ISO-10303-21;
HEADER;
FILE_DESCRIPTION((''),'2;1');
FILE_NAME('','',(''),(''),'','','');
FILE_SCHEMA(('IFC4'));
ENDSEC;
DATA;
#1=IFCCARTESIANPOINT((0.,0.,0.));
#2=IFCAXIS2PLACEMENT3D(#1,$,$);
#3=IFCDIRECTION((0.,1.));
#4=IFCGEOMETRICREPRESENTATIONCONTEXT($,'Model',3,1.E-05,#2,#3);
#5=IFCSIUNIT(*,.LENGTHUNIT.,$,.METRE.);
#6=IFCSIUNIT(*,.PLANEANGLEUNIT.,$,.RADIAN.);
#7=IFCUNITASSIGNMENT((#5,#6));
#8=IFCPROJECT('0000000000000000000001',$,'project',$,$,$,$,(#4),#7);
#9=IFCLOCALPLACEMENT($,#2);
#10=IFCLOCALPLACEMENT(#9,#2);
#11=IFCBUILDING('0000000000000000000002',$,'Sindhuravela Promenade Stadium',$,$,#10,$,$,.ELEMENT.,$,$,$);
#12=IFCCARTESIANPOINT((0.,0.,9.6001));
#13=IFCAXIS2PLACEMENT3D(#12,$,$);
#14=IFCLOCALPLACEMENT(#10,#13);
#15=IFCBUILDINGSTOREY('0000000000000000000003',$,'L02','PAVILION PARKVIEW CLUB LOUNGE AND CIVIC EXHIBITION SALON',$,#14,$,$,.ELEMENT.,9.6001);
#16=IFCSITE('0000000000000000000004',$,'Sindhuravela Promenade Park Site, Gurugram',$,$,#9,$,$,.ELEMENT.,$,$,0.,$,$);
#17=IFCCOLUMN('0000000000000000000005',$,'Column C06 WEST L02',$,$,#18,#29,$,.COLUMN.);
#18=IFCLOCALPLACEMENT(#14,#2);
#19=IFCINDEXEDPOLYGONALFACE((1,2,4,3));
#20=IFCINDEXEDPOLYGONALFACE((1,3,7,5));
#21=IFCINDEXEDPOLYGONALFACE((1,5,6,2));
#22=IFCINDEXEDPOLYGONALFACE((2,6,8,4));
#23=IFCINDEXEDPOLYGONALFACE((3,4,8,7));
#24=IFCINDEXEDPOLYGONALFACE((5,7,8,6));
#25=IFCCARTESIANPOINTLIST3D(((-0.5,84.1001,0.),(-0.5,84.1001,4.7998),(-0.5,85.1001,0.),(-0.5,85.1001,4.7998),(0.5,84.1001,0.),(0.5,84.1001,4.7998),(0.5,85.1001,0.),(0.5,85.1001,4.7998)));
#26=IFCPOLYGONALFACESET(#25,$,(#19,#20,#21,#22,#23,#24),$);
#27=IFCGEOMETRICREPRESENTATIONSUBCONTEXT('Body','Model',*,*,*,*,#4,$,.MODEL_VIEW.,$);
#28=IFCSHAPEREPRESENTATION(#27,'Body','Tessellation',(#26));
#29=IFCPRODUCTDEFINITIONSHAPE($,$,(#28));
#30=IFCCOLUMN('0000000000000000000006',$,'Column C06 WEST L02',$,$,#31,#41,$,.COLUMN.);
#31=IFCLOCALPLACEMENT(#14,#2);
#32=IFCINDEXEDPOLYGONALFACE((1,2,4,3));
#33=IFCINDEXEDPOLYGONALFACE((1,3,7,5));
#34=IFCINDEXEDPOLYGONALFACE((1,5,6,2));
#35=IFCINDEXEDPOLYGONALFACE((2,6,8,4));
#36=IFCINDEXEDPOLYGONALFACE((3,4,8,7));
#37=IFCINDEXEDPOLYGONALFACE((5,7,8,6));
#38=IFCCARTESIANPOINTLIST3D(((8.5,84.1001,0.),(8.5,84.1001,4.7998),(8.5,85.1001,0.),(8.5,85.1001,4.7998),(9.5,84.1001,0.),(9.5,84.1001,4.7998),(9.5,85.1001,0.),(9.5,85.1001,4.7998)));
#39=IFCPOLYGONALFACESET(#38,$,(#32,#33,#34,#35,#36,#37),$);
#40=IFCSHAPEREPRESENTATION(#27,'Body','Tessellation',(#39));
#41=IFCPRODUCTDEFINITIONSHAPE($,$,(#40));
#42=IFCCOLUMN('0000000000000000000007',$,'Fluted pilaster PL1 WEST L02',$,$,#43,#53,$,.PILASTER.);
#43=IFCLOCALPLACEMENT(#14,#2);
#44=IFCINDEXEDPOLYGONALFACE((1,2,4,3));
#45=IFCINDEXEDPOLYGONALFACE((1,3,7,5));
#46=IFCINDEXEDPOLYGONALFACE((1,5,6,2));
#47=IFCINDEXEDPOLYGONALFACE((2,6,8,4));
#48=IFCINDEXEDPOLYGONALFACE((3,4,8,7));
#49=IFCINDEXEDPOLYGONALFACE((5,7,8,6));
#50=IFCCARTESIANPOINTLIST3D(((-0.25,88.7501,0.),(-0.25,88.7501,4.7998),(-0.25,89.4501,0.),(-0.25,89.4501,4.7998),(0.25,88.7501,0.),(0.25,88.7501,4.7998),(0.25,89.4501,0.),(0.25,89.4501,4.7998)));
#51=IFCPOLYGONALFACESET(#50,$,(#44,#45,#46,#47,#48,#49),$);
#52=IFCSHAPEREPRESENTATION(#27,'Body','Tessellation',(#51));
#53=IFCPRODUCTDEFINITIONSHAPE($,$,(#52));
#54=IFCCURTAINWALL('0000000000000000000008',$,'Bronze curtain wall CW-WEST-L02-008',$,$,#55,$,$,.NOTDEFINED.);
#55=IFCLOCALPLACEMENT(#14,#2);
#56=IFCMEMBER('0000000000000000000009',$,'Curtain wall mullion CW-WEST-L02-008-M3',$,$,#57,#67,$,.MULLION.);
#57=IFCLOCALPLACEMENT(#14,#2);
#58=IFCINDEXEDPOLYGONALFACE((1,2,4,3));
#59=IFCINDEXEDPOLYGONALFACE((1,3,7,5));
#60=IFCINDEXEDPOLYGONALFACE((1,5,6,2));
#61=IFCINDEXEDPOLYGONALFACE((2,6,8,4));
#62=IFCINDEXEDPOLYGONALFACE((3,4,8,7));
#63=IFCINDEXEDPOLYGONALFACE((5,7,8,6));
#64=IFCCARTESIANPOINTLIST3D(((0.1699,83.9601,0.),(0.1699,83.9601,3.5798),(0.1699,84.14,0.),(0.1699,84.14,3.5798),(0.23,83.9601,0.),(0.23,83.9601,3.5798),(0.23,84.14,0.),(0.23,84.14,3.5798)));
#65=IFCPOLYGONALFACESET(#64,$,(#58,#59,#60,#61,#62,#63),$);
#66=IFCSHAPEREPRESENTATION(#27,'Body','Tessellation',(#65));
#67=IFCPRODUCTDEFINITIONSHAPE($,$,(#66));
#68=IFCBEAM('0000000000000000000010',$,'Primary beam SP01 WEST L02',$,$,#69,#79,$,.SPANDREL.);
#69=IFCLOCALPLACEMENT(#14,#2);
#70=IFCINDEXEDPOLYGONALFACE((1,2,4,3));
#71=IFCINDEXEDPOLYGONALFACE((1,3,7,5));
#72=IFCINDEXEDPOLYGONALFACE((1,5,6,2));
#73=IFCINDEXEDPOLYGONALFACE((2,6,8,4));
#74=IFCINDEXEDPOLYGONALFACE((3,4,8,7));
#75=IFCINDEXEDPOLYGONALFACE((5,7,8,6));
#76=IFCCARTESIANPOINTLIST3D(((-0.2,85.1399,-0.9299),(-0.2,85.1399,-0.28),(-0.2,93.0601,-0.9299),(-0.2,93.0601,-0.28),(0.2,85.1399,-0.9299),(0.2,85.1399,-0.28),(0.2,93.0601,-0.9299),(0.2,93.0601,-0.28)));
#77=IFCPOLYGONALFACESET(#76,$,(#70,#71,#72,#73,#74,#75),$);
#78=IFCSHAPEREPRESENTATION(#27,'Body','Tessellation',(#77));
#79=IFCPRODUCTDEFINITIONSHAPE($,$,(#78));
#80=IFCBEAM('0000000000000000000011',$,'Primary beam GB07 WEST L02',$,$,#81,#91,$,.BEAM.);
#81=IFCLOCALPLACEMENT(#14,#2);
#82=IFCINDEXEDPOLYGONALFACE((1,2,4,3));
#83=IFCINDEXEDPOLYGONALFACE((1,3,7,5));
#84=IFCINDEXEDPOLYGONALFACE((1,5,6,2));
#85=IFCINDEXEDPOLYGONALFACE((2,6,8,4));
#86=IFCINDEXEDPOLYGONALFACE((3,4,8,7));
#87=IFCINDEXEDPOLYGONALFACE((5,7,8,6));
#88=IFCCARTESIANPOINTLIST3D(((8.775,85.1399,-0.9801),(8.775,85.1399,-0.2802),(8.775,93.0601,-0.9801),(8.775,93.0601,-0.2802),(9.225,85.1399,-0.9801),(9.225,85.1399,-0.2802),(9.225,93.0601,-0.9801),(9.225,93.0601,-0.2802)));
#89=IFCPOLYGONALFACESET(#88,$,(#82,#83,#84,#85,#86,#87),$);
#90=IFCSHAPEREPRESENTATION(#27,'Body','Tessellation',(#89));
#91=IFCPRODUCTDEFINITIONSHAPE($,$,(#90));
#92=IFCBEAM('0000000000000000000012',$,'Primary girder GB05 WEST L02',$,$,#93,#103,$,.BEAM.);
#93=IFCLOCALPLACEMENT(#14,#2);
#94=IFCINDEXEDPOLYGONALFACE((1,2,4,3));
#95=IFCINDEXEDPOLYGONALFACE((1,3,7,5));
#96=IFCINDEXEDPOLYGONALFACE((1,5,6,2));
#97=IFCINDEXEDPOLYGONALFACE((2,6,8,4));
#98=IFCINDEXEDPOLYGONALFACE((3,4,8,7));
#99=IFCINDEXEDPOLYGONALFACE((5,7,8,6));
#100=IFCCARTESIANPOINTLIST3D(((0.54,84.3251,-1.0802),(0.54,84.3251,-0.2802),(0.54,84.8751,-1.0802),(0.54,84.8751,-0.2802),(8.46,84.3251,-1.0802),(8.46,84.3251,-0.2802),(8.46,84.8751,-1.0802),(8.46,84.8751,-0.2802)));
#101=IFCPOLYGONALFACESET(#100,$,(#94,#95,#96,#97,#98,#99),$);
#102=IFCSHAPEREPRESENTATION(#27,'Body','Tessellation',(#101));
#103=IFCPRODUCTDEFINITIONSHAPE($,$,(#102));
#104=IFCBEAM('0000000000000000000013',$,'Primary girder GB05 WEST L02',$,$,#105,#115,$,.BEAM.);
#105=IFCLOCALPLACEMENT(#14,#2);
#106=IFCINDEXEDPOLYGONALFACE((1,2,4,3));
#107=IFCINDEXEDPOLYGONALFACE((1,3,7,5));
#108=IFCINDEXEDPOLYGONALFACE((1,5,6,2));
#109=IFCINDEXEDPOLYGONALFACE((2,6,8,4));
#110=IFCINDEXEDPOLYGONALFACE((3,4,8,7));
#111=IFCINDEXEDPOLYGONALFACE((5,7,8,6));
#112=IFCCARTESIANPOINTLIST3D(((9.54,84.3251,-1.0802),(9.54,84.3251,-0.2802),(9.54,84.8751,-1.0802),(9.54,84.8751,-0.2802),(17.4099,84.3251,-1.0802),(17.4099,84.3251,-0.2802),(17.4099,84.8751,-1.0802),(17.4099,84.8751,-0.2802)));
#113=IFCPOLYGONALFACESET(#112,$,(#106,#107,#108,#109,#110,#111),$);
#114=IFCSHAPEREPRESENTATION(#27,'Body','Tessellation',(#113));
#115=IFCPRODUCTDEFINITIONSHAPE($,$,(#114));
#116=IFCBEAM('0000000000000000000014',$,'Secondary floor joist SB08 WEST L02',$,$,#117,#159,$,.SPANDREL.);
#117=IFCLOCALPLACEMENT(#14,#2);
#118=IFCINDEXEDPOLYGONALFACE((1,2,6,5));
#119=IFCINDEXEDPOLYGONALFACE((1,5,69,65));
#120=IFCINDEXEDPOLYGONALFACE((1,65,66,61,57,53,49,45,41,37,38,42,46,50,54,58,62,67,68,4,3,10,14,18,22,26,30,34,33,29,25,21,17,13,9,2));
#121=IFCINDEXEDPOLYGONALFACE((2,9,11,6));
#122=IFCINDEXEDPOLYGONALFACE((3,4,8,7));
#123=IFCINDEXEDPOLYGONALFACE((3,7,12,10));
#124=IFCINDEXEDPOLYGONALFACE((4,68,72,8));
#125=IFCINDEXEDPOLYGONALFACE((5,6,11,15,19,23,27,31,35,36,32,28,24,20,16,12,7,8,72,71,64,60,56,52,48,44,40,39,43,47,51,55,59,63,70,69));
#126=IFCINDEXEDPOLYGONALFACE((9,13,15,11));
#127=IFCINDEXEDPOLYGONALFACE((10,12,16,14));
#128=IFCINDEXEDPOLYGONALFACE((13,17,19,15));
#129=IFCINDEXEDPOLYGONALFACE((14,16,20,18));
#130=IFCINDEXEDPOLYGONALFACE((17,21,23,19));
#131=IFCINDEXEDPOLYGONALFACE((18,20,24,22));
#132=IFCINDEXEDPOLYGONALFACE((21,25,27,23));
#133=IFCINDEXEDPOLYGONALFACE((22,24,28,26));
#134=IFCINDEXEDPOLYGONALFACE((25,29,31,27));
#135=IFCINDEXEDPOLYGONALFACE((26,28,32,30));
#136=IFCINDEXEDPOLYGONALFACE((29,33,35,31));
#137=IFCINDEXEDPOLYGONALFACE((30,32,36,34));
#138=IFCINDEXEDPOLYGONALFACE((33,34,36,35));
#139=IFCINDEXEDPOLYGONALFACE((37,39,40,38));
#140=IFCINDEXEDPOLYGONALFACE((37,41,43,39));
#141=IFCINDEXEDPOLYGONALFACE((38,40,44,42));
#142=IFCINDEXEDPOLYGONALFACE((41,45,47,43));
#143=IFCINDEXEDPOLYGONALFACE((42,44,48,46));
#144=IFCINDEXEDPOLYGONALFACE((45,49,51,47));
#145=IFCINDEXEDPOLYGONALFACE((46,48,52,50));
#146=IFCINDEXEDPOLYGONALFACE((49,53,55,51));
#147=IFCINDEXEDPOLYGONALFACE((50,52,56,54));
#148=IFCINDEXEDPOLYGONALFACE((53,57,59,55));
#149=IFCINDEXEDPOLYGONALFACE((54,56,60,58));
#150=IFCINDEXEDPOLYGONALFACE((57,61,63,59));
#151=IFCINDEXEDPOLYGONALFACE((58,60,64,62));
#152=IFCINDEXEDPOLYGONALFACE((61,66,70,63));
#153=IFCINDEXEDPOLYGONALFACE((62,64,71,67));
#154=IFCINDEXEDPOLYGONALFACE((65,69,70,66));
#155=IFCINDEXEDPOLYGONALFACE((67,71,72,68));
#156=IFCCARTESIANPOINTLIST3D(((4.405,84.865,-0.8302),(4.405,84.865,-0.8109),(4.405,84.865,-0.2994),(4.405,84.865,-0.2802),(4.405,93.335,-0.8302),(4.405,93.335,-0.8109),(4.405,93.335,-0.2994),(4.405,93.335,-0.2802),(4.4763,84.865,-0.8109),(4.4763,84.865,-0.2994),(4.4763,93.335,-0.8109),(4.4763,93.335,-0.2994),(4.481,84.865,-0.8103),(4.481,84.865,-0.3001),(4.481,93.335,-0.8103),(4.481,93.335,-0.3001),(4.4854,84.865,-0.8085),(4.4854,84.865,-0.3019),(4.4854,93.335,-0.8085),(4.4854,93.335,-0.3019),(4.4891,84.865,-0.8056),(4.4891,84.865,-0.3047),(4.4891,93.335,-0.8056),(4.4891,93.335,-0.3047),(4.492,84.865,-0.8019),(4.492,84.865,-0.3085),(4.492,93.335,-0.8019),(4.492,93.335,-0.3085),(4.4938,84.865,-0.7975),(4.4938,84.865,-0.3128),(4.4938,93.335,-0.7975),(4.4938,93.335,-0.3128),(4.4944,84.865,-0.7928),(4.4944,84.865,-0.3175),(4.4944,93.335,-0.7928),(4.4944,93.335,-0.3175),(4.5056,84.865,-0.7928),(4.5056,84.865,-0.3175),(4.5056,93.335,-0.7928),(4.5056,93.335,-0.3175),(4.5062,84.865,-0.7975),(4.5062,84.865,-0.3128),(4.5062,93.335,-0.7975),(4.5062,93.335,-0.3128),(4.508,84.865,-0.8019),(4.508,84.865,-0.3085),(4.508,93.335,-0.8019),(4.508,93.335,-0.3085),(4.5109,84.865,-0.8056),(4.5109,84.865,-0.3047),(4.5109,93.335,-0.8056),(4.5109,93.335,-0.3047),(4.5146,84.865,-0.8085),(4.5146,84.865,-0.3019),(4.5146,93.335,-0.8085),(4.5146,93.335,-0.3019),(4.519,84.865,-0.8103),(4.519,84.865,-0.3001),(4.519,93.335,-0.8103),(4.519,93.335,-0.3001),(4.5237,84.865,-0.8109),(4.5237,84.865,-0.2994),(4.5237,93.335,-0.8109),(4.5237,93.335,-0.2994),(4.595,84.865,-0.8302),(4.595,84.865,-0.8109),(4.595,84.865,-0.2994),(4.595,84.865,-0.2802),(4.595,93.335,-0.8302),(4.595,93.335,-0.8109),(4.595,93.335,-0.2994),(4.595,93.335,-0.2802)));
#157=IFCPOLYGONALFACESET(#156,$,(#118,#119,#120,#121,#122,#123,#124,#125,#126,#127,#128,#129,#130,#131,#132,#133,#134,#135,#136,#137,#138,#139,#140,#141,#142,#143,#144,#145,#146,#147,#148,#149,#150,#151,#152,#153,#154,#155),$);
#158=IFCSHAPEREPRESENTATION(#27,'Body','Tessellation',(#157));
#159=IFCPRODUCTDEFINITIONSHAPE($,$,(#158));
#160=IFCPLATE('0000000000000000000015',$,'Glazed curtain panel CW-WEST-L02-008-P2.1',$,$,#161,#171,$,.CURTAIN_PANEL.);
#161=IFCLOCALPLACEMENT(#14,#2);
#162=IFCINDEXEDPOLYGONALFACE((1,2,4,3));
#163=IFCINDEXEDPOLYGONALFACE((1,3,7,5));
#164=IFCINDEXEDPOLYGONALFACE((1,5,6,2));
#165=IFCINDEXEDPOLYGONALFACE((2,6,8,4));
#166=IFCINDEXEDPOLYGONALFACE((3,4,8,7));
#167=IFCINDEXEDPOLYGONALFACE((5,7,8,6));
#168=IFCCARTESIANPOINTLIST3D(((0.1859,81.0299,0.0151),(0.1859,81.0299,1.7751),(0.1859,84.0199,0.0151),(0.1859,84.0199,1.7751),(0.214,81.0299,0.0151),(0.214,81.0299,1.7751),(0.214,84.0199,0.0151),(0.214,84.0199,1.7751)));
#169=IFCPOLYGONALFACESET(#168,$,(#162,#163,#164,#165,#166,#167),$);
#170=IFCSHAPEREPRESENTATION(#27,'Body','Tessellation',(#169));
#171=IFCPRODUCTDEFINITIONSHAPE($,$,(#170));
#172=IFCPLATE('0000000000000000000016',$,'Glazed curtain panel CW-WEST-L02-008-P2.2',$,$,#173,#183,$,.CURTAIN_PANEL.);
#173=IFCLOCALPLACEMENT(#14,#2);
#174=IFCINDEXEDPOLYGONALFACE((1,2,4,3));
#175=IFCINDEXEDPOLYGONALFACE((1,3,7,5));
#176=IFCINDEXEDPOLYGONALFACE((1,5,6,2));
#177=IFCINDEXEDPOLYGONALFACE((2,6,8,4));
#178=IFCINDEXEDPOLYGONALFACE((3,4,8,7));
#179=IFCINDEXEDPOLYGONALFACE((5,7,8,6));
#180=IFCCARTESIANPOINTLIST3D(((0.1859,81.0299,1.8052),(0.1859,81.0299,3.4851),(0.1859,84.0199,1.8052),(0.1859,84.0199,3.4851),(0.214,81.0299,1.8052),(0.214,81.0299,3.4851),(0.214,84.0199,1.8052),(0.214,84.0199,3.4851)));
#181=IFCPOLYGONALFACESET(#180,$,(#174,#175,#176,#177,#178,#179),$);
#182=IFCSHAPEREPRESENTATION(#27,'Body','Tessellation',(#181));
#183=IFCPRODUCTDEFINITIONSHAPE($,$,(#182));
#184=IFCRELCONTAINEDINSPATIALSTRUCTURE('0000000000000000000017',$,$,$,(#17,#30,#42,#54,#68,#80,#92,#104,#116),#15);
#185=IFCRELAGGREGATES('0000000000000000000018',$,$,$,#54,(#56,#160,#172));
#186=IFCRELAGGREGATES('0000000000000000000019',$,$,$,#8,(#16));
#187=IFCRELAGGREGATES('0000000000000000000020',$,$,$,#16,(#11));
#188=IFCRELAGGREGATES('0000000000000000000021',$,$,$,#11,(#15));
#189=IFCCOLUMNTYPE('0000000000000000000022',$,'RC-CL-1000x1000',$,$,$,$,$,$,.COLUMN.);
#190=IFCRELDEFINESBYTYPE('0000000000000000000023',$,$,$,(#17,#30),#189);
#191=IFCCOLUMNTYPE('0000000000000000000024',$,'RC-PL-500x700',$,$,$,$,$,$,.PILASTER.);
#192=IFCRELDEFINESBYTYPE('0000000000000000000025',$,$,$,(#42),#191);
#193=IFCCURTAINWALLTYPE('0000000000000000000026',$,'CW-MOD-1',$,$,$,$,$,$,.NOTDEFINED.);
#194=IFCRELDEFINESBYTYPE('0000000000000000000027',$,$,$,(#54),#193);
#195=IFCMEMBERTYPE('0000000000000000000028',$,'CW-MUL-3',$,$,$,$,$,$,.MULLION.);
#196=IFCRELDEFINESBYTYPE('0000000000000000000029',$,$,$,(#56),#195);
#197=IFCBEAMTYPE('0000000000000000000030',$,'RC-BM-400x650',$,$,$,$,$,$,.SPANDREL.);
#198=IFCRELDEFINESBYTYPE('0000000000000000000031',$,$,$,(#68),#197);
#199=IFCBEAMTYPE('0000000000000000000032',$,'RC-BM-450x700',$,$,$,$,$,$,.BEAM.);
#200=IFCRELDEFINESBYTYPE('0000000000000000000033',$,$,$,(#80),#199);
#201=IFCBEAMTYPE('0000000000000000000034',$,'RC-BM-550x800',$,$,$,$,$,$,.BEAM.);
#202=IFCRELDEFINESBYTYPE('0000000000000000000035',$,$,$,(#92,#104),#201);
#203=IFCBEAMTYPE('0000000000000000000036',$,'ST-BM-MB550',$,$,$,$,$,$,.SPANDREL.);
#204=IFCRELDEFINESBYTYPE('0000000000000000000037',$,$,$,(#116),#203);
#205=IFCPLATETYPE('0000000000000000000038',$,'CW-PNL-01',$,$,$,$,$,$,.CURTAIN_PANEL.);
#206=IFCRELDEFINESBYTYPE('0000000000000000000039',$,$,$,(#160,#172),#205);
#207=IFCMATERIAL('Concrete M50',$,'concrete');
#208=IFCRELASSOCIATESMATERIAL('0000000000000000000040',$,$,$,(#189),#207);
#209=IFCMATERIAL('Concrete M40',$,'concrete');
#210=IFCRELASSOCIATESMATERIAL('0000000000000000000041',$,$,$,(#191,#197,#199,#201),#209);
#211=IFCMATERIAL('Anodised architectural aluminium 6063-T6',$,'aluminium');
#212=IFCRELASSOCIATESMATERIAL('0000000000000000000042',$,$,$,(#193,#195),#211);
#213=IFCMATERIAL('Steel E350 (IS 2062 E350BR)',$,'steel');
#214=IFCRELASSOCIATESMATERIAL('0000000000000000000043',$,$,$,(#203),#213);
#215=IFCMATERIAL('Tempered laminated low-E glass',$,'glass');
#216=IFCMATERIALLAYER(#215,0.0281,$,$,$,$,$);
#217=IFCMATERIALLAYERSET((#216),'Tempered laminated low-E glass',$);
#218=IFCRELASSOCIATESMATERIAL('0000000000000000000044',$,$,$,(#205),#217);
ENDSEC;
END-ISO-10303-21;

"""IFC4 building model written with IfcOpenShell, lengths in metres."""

from ifc_helpers import new_model, si_unit, direction, frame, origin, origin_2d, place, context, subcontext, project, spatial, rectangle, i_section, extrude, material, layer, layer_set, material_profile, profile_set, type_object, element, aggregate, save


model = new_model("IFC4")

# Units and contexts
model_context = context("Model", 3, precision=1e-05, world=origin(), true_north=direction((0.0, 1.0)))
body_context = subcontext(model_context, "Body", "Model", "MODEL_VIEW")
ifc_project = project(units=[si_unit("LENGTHUNIT", "METRE"), si_unit("PLANEANGLEUNIT", "RADIAN")], contexts=[model_context])

# Site, building, storey
site_placement = place(None, origin())
site = spatial("IfcSite", under=ifc_project, at=site_placement, Name="Sindhuravela Promenade Park Site, Gurugram", CompositionType="ELEMENT", RefElevation=0.0)
building_placement = place(site_placement, origin())
building = spatial("IfcBuilding", under=site, at=building_placement, Name="Sindhuravela Promenade Stadium", CompositionType="ELEMENT")
storey_placement = place(building_placement, frame((0.0, 0.0, 9.6001)))
storey = spatial("IfcBuildingStorey", under=building, at=storey_placement, Name="L02", Description="PAVILION PARKVIEW CLUB LOUNGE AND CIVIC EXHIBITION SALON", CompositionType="ELEMENT", Elevation=9.6001)

# Columns
ifc_material_1 = material(Name="Concrete M50", Category="concrete")
ifc_material_profile_1 = material_profile(ifc_material_1, rectangle(XDim=1.0, YDim=1.0, at=origin_2d()), Name="RC 1000x1000")
ifc_profile_set_1 = profile_set([ifc_material_profile_1], Name="Concrete M50")
column_type_1 = type_object("IfcColumnType", Name="RC-CL-1000x1000", PredefinedType="COLUMN", material=ifc_profile_set_1)
for number, where, z_axis, x_axis, name in (
    (1, (0.0, 84.6001, 0.0), (0.0, 0.0, 1.0), (1.0, 0.0, 0.0), "Column C06 WEST L02"),
    (2, (9.0, 84.6001, 0.0), (0.0, 0.0, 1.0), (1.0, 0.0, 0.0), "Column C06 WEST L02"),
):
    element("IfcColumn", number, at=place(storey_placement, frame(where, z_axis=z_axis, x_axis=x_axis)), inside=storey, type_object=column_type_1, Name=name, PredefinedType="COLUMN", context=body_context, shape_type="SweptSolid", body=[
        extrude(rectangle(XDim=1.0, YDim=1.0, at=origin_2d()), origin(), (0.0, 0.0, 1.0), 4.7998),
    ])
ifc_material_2 = material(Name="Concrete M40", Category="concrete")
ifc_material_profile_2 = material_profile(ifc_material_2, rectangle(XDim=0.5, YDim=0.7, at=origin_2d()), Name="PIL 500x700")
ifc_profile_set_2 = profile_set([ifc_material_profile_2], Name="Concrete M40")
column_type_2 = type_object("IfcColumnType", Name="RC-PL-500x700", PredefinedType="PILASTER", material=ifc_profile_set_2)
column_placement = place(storey_placement, frame((0.0, 89.1001, 0.0), z_axis=(0.0, 0.0, 1.0), x_axis=(1.0, 0.0, 0.0)))
element("IfcColumn", 3, at=column_placement, inside=storey, type_object=column_type_2, Name="Fluted pilaster PL1 WEST L02", PredefinedType="PILASTER", context=body_context, shape_type="SweptSolid", body=[
    extrude(rectangle(XDim=0.5, YDim=0.7, at=origin_2d()), origin(), (0.0, 0.0, 1.0), 4.7998),
])

# Curtain wall, member
ifc_material_3 = material(Name="Anodised architectural aluminium 6063-T6", Category="aluminium")
curtain_wall_type = type_object("IfcCurtainWallType", Name="CW-MOD-1", PredefinedType="NOTDEFINED", material=ifc_material_3)
curtain_wall_placement = place(storey_placement, origin())
curtain_wall = element("IfcCurtainWall", 4, at=curtain_wall_placement, inside=storey, type_object=curtain_wall_type, Name="Bronze curtain wall CW-WEST-L02-008", PredefinedType="NOTDEFINED")
ifc_material_profile_3 = material_profile(ifc_material_3, rectangle(XDim=0.0601, YDim=0.1799, at=origin_2d()), Name="ALU M60x180")
ifc_profile_set_3 = profile_set([ifc_material_profile_3], Name="Anodised architectural aluminium 6063-T6")
member_type = type_object("IfcMemberType", Name="CW-MUL-3", PredefinedType="MULLION", material=ifc_profile_set_3)
member_placement = place(storey_placement, frame((0.2, 84.05, 0.0), z_axis=(0.0, 0.0, 1.0), x_axis=(1.0, 0.0, 0.0)))
member = element("IfcMember", 5, at=member_placement, type_object=member_type, Name="Curtain wall mullion CW-WEST-L02-008-M3", PredefinedType="MULLION", context=body_context, shape_type="SweptSolid", body=[
    extrude(rectangle(XDim=0.0601, YDim=0.1799, at=origin_2d()), origin(), (0.0, 0.0, 1.0), 3.5798),
])

# Beams
ifc_material_profile_4 = material_profile(ifc_material_2, rectangle(XDim=0.3999, YDim=0.6499, at=origin_2d()), Name="RC 400x650")
ifc_profile_set_4 = profile_set([ifc_material_profile_4], Name="Concrete M40")
beam_type_1 = type_object("IfcBeamType", Name="RC-BM-400x650", PredefinedType="SPANDREL", material=ifc_profile_set_4)
beam_1_placement = place(storey_placement, frame((0.0, 85.1399, -0.605), z_axis=(0.0, 1.0, 0.0), x_axis=(-1.0, 0.0, 0.0)))
element("IfcBeam", 6, at=beam_1_placement, inside=storey, type_object=beam_type_1, Name="Primary beam SP01 WEST L02", PredefinedType="SPANDREL", context=body_context, shape_type="SweptSolid", body=[
    extrude(rectangle(XDim=0.3999, YDim=0.6499, at=origin_2d()), origin(), (0.0, 0.0, 1.0), 7.9202),
])
ifc_material_profile_5 = material_profile(ifc_material_2, rectangle(XDim=0.45, YDim=0.7, at=origin_2d()), Name="RC 450x700")
ifc_profile_set_5 = profile_set([ifc_material_profile_5], Name="Concrete M40")
beam_type_2 = type_object("IfcBeamType", Name="RC-BM-450x700", PredefinedType="BEAM", material=ifc_profile_set_5)
beam_2_placement = place(storey_placement, frame((9.0, 85.1399, -0.6301), z_axis=(0.0, 1.0, 0.0), x_axis=(-1.0, 0.0, 0.0)))
element("IfcBeam", 7, at=beam_2_placement, inside=storey, type_object=beam_type_2, Name="Primary beam GB07 WEST L02", PredefinedType="BEAM", context=body_context, shape_type="SweptSolid", body=[
    extrude(rectangle(XDim=0.45, YDim=0.7, at=origin_2d()), origin(), (0.0, 0.0, 1.0), 7.9202),
])
ifc_material_profile_6 = material_profile(ifc_material_2, rectangle(XDim=0.55, YDim=0.8, at=origin_2d()), Name="RC 550x800")
ifc_profile_set_6 = profile_set([ifc_material_profile_6], Name="Concrete M40")
beam_type_3 = type_object("IfcBeamType", Name="RC-BM-550x800", PredefinedType="BEAM", material=ifc_profile_set_6)
beam_3_placement = place(storey_placement, frame((0.54, 84.6001, -0.6802), z_axis=(1.0, 0.0, 0.0), x_axis=(0.0, 1.0, 0.0)))
element("IfcBeam", 8, at=beam_3_placement, inside=storey, type_object=beam_type_3, Name="Primary girder GB05 WEST L02", PredefinedType="BEAM", context=body_context, shape_type="SweptSolid", body=[
    extrude(rectangle(XDim=0.55, YDim=0.8, at=origin_2d()), origin(), (0.0, 0.0, 1.0), 7.9199),
])
beam_4_placement = place(storey_placement, frame((9.54, 84.6001, -0.6802), z_axis=(1.0, 0.0, 0.0), x_axis=(0.0, 1.0, 0.0)))
element("IfcBeam", 9, at=beam_4_placement, inside=storey, type_object=beam_type_3, Name="Primary girder GB05 WEST L02", PredefinedType="BEAM", context=body_context, shape_type="SweptSolid", body=[
    extrude(rectangle(XDim=0.55, YDim=0.8, at=origin_2d()), origin(), (0.0, 0.0, 1.0), 7.8699),
])
ifc_material_4 = material(Name="Steel E350 (IS 2062 E350BR)", Category="steel")
ifc_material_profile_7 = material_profile(ifc_material_4, i_section(OverallWidth=0.1899, OverallDepth=0.55, WebThickness=0.0112, FlangeThickness=0.0193, FilletRadius=0.0181, at=origin_2d()), Name="ISMB 550")
ifc_profile_set_7 = profile_set([ifc_material_profile_7], Name="Steel E350 (IS 2062 E350BR)")
beam_type_4 = type_object("IfcBeamType", Name="ST-BM-MB550", PredefinedType="SPANDREL", material=ifc_profile_set_7)
beam_5_placement = place(storey_placement, frame((4.5, 84.865, -0.5552), z_axis=(0.0, 1.0, 0.0), x_axis=(-1.0, 0.0, 0.0)))
element("IfcBeam", 10, at=beam_5_placement, inside=storey, type_object=beam_type_4, Name="Secondary floor joist SB08 WEST L02", PredefinedType="SPANDREL", context=body_context, shape_type="SweptSolid", body=[
    extrude(i_section(OverallWidth=0.1899, OverallDepth=0.55, WebThickness=0.0112, FlangeThickness=0.0193, FilletRadius=0.0181, at=origin_2d()), origin(), (0.0, 0.0, 1.0), 8.47),
])

# Plates
ifc_material_5 = material(Name="Tempered laminated low-E glass", Category="glass")
ifc_layer_1 = layer(ifc_material_5, 0.0281)
ifc_layer_set_1 = layer_set([ifc_layer_1], Name="Tempered laminated low-E glass")
plate_type_1 = type_object("IfcPlateType", Name="CW-PNL-01", PredefinedType="CURTAIN_PANEL", material=ifc_layer_set_1)
plate_1_placement = place(storey_placement, frame((0.2, 82.5249, 0.0151), z_axis=(0.0, 0.0, 1.0), x_axis=(0.0, 1.0, 0.0)))
plate_1 = element("IfcPlate", 11, at=plate_1_placement, type_object=plate_type_1, Name="Glazed curtain panel CW-WEST-L02-008-P2.1", PredefinedType="CURTAIN_PANEL", context=body_context, shape_type="SweptSolid", body=[
    extrude(rectangle(XDim=2.99, YDim=0.0281, at=origin_2d()), origin(), (0.0, 0.0, 1.0), 1.76),
])
plate_2_placement = place(storey_placement, frame((0.2, 82.5249, 1.8052), z_axis=(0.0, 0.0, 1.0), x_axis=(0.0, 1.0, 0.0)))
plate_2 = element("IfcPlate", 12, at=plate_2_placement, type_object=plate_type_1, Name="Glazed curtain panel CW-WEST-L02-008-P2.2", PredefinedType="CURTAIN_PANEL", context=body_context, shape_type="SweptSolid", body=[
    extrude(rectangle(XDim=2.99, YDim=0.0281, at=origin_2d()), origin(), (0.0, 0.0, 1.0), 1.6799),
])
aggregate(curtain_wall, [member, plate_1, plate_2])

save(model, "model.ifc")
